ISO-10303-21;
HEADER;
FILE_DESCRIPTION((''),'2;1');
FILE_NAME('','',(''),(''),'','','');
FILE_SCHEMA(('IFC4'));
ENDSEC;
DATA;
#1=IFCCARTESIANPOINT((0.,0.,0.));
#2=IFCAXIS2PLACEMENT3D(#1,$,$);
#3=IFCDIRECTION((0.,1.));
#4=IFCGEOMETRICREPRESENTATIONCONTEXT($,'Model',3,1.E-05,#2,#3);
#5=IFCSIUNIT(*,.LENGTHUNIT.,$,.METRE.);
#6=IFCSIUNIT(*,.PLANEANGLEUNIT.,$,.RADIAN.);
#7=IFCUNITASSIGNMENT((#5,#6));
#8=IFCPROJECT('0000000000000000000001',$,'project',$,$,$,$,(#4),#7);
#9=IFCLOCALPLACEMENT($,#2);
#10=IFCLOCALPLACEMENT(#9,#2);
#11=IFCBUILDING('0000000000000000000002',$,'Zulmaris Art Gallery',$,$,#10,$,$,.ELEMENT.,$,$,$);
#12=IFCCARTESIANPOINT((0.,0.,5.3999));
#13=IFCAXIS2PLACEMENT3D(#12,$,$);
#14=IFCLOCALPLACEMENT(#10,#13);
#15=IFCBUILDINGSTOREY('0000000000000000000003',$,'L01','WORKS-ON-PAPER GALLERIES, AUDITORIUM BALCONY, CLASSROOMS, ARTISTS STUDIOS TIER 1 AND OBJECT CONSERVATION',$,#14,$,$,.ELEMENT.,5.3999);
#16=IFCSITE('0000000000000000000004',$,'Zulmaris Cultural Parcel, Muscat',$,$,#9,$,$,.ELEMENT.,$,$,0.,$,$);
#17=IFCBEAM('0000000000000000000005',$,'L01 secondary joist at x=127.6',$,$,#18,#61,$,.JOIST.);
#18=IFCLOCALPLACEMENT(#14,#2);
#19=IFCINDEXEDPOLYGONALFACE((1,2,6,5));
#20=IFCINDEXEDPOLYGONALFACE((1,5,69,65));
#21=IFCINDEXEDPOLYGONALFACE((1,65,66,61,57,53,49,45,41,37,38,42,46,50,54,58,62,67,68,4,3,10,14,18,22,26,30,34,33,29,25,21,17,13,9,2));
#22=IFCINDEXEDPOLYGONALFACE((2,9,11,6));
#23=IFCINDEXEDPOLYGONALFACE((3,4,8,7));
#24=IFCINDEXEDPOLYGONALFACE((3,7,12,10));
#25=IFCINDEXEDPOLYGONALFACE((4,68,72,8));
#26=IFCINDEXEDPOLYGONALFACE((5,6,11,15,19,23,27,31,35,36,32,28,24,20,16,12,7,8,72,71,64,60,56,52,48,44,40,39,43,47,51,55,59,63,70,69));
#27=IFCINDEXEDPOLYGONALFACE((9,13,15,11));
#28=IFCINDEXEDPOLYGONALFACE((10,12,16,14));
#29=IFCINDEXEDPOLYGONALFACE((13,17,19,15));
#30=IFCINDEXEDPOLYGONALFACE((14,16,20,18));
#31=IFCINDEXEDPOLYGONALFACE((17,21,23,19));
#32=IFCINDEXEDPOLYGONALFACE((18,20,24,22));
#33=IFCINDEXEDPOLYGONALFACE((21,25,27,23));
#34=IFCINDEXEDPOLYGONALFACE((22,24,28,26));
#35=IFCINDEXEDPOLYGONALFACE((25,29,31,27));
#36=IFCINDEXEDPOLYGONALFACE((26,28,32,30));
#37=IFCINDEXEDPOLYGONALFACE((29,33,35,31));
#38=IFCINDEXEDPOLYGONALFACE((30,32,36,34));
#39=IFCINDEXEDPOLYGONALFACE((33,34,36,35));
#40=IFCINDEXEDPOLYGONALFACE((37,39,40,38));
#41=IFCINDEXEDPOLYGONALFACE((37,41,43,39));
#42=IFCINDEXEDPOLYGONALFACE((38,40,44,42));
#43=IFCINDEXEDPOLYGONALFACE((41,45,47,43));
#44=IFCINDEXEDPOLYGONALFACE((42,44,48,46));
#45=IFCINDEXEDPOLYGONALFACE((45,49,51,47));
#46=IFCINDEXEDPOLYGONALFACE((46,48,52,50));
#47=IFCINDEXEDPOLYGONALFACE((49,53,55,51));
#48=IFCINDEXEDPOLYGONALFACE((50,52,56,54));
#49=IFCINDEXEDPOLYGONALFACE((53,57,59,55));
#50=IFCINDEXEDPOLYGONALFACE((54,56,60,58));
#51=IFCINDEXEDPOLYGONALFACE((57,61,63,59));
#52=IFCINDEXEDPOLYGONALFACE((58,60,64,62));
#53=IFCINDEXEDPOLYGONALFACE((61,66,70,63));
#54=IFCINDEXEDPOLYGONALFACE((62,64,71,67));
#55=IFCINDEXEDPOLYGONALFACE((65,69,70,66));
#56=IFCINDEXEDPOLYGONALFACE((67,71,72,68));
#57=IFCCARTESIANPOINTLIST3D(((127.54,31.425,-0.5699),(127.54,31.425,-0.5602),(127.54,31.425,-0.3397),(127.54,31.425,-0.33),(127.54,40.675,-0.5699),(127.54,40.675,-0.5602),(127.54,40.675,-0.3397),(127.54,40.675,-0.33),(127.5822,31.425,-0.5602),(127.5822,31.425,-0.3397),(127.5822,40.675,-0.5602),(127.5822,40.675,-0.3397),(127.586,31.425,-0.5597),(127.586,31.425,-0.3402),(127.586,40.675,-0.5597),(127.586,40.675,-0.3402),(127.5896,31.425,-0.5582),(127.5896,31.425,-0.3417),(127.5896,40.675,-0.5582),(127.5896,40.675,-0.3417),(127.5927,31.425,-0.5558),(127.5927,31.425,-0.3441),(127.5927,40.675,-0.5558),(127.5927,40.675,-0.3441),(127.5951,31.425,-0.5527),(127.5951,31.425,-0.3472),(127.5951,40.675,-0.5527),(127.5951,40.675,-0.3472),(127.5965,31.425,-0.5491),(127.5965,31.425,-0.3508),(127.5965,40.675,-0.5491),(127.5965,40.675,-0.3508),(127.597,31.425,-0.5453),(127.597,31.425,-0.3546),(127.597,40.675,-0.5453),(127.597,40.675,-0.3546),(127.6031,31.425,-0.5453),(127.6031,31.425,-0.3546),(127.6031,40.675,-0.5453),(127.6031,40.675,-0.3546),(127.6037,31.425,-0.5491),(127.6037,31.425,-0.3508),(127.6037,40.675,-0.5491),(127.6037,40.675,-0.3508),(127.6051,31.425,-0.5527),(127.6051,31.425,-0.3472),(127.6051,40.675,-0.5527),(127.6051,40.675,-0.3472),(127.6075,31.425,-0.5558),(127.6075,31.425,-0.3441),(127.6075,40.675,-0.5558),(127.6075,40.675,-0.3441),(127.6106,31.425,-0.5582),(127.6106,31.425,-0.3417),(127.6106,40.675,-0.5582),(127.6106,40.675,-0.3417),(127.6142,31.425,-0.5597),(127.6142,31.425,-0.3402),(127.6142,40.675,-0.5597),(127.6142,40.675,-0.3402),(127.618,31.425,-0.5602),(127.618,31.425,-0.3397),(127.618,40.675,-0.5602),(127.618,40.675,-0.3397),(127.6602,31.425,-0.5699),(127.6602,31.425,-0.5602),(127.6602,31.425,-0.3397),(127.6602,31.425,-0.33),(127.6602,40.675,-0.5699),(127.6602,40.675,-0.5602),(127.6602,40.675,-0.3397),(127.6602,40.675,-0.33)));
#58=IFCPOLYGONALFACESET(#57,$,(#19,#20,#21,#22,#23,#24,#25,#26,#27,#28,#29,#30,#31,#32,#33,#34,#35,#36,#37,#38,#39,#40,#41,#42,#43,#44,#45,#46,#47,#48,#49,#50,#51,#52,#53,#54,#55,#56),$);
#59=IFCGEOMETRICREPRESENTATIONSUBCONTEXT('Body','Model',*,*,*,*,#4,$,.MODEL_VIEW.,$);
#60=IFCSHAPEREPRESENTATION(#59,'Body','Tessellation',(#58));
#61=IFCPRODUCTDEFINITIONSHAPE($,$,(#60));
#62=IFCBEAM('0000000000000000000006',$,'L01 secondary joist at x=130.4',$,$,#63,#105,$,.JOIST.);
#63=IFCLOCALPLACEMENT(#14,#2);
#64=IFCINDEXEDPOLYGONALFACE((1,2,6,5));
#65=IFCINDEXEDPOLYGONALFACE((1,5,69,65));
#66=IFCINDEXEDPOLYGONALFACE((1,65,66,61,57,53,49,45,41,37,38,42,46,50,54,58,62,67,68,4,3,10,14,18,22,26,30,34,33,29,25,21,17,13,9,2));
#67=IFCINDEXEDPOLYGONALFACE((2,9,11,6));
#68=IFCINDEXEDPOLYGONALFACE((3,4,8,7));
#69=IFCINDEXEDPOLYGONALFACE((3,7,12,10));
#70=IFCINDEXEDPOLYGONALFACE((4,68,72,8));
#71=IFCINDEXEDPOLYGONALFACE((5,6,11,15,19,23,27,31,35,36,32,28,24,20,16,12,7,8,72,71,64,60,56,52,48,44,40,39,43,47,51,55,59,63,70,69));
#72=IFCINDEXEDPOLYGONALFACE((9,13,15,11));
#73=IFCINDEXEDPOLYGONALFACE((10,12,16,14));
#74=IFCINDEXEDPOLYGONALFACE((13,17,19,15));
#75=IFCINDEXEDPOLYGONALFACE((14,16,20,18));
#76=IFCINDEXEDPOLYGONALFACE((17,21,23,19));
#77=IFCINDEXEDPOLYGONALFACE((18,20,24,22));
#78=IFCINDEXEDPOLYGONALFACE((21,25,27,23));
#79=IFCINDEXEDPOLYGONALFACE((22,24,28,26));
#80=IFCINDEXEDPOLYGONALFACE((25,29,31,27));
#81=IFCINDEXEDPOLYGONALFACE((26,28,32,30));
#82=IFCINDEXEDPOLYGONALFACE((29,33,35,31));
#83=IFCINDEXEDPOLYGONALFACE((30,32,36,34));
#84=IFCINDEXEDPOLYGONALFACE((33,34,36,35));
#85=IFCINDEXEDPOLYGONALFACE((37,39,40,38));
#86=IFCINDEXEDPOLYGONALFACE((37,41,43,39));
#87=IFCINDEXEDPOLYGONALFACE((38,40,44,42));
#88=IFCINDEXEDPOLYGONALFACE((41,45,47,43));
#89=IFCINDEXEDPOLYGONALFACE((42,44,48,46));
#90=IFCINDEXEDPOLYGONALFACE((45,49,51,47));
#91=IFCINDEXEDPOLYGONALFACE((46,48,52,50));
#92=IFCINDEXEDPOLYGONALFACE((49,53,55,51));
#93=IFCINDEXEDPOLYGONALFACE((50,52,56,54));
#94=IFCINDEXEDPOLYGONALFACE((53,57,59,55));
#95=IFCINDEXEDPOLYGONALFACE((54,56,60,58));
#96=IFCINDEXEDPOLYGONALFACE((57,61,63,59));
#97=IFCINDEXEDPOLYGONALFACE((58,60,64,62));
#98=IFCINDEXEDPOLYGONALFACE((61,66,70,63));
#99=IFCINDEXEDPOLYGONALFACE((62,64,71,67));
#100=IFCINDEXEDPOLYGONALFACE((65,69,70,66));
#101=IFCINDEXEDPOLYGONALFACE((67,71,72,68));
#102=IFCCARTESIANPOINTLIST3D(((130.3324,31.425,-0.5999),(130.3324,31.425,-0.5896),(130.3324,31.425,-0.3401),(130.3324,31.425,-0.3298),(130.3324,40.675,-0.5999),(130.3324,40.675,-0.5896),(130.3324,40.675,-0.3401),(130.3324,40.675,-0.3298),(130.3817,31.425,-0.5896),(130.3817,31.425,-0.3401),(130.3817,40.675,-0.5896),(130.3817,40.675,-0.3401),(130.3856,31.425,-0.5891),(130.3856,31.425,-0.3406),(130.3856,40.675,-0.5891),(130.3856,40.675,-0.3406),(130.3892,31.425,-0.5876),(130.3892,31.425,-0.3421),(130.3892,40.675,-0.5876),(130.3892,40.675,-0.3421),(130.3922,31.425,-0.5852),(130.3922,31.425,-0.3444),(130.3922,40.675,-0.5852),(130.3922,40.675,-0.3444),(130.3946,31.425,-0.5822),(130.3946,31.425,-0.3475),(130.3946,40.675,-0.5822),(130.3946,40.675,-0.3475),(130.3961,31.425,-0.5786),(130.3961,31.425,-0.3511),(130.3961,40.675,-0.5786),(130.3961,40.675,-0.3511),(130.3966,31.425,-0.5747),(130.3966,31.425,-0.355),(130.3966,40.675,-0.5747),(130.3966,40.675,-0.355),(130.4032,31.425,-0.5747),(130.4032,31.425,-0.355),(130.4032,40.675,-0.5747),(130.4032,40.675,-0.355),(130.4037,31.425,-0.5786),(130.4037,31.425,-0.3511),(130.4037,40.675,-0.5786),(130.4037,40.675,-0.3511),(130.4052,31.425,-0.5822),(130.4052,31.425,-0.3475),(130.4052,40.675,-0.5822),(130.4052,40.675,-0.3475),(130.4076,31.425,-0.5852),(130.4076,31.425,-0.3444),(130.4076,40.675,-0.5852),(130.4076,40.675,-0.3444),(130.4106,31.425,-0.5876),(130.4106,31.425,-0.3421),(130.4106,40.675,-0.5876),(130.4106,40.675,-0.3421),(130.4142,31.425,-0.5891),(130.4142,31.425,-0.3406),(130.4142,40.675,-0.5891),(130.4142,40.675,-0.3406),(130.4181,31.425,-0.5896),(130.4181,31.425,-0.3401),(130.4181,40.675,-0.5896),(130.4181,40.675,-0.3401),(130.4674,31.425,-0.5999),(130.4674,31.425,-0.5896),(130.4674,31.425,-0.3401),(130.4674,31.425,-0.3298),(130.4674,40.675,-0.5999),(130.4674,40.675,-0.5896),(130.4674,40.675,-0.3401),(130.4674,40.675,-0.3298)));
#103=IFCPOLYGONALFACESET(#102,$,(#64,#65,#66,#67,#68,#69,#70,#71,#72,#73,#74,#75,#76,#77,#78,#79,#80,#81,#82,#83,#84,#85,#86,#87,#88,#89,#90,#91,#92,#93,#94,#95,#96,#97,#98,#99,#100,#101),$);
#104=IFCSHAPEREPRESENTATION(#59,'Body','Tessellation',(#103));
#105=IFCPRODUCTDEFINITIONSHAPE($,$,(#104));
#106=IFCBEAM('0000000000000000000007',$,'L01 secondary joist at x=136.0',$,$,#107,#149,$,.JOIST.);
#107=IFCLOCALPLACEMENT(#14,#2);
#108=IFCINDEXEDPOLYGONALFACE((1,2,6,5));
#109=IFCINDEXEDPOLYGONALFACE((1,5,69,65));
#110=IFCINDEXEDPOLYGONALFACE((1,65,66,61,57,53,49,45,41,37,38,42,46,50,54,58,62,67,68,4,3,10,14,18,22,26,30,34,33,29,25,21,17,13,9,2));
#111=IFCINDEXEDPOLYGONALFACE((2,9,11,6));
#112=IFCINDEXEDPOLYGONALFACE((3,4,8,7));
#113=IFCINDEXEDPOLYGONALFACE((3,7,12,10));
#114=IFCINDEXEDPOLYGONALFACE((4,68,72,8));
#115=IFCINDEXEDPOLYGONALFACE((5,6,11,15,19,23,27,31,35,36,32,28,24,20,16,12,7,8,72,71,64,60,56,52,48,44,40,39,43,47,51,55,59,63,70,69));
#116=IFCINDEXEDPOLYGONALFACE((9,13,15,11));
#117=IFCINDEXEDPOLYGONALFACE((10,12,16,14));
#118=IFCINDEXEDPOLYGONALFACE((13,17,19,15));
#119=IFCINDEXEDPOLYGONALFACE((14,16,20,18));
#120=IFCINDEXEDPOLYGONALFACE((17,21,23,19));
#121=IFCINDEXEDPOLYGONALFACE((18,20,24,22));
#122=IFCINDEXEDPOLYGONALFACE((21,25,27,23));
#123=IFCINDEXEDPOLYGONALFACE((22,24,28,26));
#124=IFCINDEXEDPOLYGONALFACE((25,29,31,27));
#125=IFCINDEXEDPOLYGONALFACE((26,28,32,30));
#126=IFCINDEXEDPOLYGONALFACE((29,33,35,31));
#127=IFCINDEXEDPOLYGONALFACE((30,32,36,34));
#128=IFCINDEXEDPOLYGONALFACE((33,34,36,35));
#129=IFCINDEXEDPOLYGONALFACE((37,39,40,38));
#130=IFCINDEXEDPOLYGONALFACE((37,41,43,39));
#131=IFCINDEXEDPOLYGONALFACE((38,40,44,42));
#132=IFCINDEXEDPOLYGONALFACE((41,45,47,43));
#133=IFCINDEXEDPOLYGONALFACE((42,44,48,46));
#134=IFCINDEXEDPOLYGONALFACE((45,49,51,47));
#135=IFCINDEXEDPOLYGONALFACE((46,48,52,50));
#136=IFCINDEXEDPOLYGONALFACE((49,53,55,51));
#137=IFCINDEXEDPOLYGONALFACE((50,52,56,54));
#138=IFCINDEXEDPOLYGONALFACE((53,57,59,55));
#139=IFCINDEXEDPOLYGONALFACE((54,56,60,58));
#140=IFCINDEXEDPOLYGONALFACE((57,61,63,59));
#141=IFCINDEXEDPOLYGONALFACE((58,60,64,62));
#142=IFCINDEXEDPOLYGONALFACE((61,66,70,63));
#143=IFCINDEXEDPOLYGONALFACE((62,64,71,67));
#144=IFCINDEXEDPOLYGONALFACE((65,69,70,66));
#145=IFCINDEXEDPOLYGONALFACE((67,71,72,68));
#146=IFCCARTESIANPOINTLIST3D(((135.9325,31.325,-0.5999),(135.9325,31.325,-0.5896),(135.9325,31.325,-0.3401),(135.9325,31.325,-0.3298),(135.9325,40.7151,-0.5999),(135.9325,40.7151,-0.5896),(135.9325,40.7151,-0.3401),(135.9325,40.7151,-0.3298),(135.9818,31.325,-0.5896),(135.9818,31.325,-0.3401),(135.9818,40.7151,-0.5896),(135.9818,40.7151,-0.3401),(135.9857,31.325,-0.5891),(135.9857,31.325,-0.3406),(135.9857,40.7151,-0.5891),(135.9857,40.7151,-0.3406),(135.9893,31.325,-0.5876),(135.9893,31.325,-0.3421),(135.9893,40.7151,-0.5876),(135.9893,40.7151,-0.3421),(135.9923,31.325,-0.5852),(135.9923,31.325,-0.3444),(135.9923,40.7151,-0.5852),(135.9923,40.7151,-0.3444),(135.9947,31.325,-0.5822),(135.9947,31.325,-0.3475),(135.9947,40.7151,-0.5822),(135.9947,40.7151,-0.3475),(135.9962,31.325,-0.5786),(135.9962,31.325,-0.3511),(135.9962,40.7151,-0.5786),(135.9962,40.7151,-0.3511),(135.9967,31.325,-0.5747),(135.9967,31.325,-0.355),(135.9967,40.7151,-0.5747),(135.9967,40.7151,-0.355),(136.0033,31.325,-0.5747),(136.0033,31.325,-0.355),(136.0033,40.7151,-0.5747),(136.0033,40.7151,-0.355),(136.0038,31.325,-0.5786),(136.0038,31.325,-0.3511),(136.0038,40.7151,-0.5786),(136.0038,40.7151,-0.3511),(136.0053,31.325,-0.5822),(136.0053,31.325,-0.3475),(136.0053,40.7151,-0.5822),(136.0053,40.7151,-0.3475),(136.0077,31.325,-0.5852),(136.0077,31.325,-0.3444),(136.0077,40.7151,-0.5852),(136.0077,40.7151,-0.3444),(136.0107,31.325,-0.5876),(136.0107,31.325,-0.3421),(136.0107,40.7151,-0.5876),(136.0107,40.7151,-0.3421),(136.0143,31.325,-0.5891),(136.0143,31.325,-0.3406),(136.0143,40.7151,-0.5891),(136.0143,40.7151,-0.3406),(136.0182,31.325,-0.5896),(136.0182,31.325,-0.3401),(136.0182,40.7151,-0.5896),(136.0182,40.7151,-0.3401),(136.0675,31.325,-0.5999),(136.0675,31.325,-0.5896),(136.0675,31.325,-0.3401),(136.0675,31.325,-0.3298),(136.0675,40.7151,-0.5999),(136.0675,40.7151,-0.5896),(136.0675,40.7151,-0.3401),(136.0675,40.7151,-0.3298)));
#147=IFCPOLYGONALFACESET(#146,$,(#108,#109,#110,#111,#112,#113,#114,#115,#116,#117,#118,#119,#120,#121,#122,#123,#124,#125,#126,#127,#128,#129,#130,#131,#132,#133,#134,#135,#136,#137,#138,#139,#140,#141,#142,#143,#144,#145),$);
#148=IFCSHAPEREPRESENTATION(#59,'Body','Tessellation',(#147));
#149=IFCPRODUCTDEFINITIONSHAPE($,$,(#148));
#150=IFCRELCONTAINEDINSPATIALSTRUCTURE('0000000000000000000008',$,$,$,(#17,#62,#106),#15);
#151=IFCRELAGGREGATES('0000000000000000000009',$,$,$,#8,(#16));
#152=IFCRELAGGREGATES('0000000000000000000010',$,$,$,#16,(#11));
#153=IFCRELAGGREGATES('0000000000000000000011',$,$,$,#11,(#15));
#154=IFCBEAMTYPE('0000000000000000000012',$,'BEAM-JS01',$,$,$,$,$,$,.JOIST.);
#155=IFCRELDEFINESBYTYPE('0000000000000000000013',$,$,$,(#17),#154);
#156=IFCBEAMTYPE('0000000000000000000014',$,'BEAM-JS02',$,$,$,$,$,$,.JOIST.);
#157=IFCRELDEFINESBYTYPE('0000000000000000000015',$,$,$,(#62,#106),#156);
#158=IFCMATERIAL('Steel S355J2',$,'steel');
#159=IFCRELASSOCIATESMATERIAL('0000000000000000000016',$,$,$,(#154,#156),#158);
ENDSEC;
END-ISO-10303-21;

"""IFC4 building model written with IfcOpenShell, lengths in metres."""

from ifc_helpers import new_model, si_unit, direction, frame, origin, origin_2d, place, context, subcontext, project, spatial, i_section, extrude, material, material_profile, profile_set, type_object, element, save


model = new_model("IFC4")

# Units and contexts
model_context = context("Model", 3, precision=1e-05, world=origin(), true_north=direction((0.0, 1.0)))
body_context = subcontext(model_context, "Body", "Model", "MODEL_VIEW")
ifc_project = project(units=[si_unit("LENGTHUNIT", "METRE"), si_unit("PLANEANGLEUNIT", "RADIAN")], contexts=[model_context])

# Site, building, storey
site_placement = place(None, origin())
site = spatial("IfcSite", under=ifc_project, at=site_placement, Name="Zulmaris Cultural Parcel, Muscat", CompositionType="ELEMENT", RefElevation=0.0)
building_placement = place(site_placement, origin())
building = spatial("IfcBuilding", under=site, at=building_placement, Name="Zulmaris Art Gallery", CompositionType="ELEMENT")
storey_placement = place(building_placement, frame((0.0, 0.0, 5.3999)))
storey = spatial("IfcBuildingStorey", under=building, at=storey_placement, Name="L01", Description="WORKS-ON-PAPER GALLERIES, AUDITORIUM BALCONY, CLASSROOMS, ARTISTS STUDIOS TIER 1 AND OBJECT CONSERVATION", CompositionType="ELEMENT", Elevation=5.3999)

# Beams
ifc_material_1 = material(Name="Steel S355J2", Category="steel")
ifc_material_profile_1 = material_profile(ifc_material_1, i_section(OverallWidth=0.1201, OverallDepth=0.24, WebThickness=0.0061, FlangeThickness=0.0098, FilletRadius=0.0149, at=origin_2d()), Name="IPE 240")
ifc_profile_set_1 = profile_set([ifc_material_profile_1], Name="Steel S355J2")
beam_type_1 = type_object("IfcBeamType", Name="BEAM-JS01", PredefinedType="JOIST", material=ifc_profile_set_1)
beam_1_placement = place(storey_placement, frame((127.6001, 31.425, -0.45), z_axis=(0.0, 1.0, 0.0), x_axis=(-1.0, 0.0, 0.0)))
element("IfcBeam", 1, at=beam_1_placement, inside=storey, type_object=beam_type_1, Name="L01 secondary joist at x=127.6", PredefinedType="JOIST", context=body_context, shape_type="SweptSolid", body=[
    extrude(i_section(OverallWidth=0.1201, OverallDepth=0.24, WebThickness=0.0061, FlangeThickness=0.0098, FilletRadius=0.0149, at=origin_2d()), origin(), (0.0, 0.0, 1.0), 9.25),
])
ifc_material_profile_2 = material_profile(ifc_material_1, i_section(OverallWidth=0.135, OverallDepth=0.27, WebThickness=0.0066, FlangeThickness=0.0103, FilletRadius=0.0149, at=origin_2d()), Name="IPE 270")
ifc_profile_set_2 = profile_set([ifc_material_profile_2], Name="Steel S355J2")
beam_type_2 = type_object("IfcBeamType", Name="BEAM-JS02", PredefinedType="JOIST", material=ifc_profile_set_2)
beam_2_placement = place(storey_placement, frame((130.3999, 31.425, -0.4648), z_axis=(0.0, 1.0, 0.0), x_axis=(-1.0, 0.0, 0.0)))
element("IfcBeam", 2, at=beam_2_placement, inside=storey, type_object=beam_type_2, Name="L01 secondary joist at x=130.4", PredefinedType="JOIST", context=body_context, shape_type="SweptSolid", body=[
    extrude(i_section(OverallWidth=0.135, OverallDepth=0.27, WebThickness=0.0066, FlangeThickness=0.0103, FilletRadius=0.0149, at=origin_2d()), origin(), (0.0, 0.0, 1.0), 9.25),
])
beam_3_placement = place(storey_placement, frame((136.0, 31.325, -0.4648), z_axis=(0.0, 1.0, 0.0), x_axis=(-1.0, 0.0, 0.0)))
element("IfcBeam", 3, at=beam_3_placement, inside=storey, type_object=beam_type_2, Name="L01 secondary joist at x=136.0", PredefinedType="JOIST", context=body_context, shape_type="SweptSolid", body=[
    extrude(i_section(OverallWidth=0.135, OverallDepth=0.27, WebThickness=0.0066, FlangeThickness=0.0103, FilletRadius=0.0149, at=origin_2d()), origin(), (0.0, 0.0, 1.0), 9.3901),
])

save(model, "model.ifc")
